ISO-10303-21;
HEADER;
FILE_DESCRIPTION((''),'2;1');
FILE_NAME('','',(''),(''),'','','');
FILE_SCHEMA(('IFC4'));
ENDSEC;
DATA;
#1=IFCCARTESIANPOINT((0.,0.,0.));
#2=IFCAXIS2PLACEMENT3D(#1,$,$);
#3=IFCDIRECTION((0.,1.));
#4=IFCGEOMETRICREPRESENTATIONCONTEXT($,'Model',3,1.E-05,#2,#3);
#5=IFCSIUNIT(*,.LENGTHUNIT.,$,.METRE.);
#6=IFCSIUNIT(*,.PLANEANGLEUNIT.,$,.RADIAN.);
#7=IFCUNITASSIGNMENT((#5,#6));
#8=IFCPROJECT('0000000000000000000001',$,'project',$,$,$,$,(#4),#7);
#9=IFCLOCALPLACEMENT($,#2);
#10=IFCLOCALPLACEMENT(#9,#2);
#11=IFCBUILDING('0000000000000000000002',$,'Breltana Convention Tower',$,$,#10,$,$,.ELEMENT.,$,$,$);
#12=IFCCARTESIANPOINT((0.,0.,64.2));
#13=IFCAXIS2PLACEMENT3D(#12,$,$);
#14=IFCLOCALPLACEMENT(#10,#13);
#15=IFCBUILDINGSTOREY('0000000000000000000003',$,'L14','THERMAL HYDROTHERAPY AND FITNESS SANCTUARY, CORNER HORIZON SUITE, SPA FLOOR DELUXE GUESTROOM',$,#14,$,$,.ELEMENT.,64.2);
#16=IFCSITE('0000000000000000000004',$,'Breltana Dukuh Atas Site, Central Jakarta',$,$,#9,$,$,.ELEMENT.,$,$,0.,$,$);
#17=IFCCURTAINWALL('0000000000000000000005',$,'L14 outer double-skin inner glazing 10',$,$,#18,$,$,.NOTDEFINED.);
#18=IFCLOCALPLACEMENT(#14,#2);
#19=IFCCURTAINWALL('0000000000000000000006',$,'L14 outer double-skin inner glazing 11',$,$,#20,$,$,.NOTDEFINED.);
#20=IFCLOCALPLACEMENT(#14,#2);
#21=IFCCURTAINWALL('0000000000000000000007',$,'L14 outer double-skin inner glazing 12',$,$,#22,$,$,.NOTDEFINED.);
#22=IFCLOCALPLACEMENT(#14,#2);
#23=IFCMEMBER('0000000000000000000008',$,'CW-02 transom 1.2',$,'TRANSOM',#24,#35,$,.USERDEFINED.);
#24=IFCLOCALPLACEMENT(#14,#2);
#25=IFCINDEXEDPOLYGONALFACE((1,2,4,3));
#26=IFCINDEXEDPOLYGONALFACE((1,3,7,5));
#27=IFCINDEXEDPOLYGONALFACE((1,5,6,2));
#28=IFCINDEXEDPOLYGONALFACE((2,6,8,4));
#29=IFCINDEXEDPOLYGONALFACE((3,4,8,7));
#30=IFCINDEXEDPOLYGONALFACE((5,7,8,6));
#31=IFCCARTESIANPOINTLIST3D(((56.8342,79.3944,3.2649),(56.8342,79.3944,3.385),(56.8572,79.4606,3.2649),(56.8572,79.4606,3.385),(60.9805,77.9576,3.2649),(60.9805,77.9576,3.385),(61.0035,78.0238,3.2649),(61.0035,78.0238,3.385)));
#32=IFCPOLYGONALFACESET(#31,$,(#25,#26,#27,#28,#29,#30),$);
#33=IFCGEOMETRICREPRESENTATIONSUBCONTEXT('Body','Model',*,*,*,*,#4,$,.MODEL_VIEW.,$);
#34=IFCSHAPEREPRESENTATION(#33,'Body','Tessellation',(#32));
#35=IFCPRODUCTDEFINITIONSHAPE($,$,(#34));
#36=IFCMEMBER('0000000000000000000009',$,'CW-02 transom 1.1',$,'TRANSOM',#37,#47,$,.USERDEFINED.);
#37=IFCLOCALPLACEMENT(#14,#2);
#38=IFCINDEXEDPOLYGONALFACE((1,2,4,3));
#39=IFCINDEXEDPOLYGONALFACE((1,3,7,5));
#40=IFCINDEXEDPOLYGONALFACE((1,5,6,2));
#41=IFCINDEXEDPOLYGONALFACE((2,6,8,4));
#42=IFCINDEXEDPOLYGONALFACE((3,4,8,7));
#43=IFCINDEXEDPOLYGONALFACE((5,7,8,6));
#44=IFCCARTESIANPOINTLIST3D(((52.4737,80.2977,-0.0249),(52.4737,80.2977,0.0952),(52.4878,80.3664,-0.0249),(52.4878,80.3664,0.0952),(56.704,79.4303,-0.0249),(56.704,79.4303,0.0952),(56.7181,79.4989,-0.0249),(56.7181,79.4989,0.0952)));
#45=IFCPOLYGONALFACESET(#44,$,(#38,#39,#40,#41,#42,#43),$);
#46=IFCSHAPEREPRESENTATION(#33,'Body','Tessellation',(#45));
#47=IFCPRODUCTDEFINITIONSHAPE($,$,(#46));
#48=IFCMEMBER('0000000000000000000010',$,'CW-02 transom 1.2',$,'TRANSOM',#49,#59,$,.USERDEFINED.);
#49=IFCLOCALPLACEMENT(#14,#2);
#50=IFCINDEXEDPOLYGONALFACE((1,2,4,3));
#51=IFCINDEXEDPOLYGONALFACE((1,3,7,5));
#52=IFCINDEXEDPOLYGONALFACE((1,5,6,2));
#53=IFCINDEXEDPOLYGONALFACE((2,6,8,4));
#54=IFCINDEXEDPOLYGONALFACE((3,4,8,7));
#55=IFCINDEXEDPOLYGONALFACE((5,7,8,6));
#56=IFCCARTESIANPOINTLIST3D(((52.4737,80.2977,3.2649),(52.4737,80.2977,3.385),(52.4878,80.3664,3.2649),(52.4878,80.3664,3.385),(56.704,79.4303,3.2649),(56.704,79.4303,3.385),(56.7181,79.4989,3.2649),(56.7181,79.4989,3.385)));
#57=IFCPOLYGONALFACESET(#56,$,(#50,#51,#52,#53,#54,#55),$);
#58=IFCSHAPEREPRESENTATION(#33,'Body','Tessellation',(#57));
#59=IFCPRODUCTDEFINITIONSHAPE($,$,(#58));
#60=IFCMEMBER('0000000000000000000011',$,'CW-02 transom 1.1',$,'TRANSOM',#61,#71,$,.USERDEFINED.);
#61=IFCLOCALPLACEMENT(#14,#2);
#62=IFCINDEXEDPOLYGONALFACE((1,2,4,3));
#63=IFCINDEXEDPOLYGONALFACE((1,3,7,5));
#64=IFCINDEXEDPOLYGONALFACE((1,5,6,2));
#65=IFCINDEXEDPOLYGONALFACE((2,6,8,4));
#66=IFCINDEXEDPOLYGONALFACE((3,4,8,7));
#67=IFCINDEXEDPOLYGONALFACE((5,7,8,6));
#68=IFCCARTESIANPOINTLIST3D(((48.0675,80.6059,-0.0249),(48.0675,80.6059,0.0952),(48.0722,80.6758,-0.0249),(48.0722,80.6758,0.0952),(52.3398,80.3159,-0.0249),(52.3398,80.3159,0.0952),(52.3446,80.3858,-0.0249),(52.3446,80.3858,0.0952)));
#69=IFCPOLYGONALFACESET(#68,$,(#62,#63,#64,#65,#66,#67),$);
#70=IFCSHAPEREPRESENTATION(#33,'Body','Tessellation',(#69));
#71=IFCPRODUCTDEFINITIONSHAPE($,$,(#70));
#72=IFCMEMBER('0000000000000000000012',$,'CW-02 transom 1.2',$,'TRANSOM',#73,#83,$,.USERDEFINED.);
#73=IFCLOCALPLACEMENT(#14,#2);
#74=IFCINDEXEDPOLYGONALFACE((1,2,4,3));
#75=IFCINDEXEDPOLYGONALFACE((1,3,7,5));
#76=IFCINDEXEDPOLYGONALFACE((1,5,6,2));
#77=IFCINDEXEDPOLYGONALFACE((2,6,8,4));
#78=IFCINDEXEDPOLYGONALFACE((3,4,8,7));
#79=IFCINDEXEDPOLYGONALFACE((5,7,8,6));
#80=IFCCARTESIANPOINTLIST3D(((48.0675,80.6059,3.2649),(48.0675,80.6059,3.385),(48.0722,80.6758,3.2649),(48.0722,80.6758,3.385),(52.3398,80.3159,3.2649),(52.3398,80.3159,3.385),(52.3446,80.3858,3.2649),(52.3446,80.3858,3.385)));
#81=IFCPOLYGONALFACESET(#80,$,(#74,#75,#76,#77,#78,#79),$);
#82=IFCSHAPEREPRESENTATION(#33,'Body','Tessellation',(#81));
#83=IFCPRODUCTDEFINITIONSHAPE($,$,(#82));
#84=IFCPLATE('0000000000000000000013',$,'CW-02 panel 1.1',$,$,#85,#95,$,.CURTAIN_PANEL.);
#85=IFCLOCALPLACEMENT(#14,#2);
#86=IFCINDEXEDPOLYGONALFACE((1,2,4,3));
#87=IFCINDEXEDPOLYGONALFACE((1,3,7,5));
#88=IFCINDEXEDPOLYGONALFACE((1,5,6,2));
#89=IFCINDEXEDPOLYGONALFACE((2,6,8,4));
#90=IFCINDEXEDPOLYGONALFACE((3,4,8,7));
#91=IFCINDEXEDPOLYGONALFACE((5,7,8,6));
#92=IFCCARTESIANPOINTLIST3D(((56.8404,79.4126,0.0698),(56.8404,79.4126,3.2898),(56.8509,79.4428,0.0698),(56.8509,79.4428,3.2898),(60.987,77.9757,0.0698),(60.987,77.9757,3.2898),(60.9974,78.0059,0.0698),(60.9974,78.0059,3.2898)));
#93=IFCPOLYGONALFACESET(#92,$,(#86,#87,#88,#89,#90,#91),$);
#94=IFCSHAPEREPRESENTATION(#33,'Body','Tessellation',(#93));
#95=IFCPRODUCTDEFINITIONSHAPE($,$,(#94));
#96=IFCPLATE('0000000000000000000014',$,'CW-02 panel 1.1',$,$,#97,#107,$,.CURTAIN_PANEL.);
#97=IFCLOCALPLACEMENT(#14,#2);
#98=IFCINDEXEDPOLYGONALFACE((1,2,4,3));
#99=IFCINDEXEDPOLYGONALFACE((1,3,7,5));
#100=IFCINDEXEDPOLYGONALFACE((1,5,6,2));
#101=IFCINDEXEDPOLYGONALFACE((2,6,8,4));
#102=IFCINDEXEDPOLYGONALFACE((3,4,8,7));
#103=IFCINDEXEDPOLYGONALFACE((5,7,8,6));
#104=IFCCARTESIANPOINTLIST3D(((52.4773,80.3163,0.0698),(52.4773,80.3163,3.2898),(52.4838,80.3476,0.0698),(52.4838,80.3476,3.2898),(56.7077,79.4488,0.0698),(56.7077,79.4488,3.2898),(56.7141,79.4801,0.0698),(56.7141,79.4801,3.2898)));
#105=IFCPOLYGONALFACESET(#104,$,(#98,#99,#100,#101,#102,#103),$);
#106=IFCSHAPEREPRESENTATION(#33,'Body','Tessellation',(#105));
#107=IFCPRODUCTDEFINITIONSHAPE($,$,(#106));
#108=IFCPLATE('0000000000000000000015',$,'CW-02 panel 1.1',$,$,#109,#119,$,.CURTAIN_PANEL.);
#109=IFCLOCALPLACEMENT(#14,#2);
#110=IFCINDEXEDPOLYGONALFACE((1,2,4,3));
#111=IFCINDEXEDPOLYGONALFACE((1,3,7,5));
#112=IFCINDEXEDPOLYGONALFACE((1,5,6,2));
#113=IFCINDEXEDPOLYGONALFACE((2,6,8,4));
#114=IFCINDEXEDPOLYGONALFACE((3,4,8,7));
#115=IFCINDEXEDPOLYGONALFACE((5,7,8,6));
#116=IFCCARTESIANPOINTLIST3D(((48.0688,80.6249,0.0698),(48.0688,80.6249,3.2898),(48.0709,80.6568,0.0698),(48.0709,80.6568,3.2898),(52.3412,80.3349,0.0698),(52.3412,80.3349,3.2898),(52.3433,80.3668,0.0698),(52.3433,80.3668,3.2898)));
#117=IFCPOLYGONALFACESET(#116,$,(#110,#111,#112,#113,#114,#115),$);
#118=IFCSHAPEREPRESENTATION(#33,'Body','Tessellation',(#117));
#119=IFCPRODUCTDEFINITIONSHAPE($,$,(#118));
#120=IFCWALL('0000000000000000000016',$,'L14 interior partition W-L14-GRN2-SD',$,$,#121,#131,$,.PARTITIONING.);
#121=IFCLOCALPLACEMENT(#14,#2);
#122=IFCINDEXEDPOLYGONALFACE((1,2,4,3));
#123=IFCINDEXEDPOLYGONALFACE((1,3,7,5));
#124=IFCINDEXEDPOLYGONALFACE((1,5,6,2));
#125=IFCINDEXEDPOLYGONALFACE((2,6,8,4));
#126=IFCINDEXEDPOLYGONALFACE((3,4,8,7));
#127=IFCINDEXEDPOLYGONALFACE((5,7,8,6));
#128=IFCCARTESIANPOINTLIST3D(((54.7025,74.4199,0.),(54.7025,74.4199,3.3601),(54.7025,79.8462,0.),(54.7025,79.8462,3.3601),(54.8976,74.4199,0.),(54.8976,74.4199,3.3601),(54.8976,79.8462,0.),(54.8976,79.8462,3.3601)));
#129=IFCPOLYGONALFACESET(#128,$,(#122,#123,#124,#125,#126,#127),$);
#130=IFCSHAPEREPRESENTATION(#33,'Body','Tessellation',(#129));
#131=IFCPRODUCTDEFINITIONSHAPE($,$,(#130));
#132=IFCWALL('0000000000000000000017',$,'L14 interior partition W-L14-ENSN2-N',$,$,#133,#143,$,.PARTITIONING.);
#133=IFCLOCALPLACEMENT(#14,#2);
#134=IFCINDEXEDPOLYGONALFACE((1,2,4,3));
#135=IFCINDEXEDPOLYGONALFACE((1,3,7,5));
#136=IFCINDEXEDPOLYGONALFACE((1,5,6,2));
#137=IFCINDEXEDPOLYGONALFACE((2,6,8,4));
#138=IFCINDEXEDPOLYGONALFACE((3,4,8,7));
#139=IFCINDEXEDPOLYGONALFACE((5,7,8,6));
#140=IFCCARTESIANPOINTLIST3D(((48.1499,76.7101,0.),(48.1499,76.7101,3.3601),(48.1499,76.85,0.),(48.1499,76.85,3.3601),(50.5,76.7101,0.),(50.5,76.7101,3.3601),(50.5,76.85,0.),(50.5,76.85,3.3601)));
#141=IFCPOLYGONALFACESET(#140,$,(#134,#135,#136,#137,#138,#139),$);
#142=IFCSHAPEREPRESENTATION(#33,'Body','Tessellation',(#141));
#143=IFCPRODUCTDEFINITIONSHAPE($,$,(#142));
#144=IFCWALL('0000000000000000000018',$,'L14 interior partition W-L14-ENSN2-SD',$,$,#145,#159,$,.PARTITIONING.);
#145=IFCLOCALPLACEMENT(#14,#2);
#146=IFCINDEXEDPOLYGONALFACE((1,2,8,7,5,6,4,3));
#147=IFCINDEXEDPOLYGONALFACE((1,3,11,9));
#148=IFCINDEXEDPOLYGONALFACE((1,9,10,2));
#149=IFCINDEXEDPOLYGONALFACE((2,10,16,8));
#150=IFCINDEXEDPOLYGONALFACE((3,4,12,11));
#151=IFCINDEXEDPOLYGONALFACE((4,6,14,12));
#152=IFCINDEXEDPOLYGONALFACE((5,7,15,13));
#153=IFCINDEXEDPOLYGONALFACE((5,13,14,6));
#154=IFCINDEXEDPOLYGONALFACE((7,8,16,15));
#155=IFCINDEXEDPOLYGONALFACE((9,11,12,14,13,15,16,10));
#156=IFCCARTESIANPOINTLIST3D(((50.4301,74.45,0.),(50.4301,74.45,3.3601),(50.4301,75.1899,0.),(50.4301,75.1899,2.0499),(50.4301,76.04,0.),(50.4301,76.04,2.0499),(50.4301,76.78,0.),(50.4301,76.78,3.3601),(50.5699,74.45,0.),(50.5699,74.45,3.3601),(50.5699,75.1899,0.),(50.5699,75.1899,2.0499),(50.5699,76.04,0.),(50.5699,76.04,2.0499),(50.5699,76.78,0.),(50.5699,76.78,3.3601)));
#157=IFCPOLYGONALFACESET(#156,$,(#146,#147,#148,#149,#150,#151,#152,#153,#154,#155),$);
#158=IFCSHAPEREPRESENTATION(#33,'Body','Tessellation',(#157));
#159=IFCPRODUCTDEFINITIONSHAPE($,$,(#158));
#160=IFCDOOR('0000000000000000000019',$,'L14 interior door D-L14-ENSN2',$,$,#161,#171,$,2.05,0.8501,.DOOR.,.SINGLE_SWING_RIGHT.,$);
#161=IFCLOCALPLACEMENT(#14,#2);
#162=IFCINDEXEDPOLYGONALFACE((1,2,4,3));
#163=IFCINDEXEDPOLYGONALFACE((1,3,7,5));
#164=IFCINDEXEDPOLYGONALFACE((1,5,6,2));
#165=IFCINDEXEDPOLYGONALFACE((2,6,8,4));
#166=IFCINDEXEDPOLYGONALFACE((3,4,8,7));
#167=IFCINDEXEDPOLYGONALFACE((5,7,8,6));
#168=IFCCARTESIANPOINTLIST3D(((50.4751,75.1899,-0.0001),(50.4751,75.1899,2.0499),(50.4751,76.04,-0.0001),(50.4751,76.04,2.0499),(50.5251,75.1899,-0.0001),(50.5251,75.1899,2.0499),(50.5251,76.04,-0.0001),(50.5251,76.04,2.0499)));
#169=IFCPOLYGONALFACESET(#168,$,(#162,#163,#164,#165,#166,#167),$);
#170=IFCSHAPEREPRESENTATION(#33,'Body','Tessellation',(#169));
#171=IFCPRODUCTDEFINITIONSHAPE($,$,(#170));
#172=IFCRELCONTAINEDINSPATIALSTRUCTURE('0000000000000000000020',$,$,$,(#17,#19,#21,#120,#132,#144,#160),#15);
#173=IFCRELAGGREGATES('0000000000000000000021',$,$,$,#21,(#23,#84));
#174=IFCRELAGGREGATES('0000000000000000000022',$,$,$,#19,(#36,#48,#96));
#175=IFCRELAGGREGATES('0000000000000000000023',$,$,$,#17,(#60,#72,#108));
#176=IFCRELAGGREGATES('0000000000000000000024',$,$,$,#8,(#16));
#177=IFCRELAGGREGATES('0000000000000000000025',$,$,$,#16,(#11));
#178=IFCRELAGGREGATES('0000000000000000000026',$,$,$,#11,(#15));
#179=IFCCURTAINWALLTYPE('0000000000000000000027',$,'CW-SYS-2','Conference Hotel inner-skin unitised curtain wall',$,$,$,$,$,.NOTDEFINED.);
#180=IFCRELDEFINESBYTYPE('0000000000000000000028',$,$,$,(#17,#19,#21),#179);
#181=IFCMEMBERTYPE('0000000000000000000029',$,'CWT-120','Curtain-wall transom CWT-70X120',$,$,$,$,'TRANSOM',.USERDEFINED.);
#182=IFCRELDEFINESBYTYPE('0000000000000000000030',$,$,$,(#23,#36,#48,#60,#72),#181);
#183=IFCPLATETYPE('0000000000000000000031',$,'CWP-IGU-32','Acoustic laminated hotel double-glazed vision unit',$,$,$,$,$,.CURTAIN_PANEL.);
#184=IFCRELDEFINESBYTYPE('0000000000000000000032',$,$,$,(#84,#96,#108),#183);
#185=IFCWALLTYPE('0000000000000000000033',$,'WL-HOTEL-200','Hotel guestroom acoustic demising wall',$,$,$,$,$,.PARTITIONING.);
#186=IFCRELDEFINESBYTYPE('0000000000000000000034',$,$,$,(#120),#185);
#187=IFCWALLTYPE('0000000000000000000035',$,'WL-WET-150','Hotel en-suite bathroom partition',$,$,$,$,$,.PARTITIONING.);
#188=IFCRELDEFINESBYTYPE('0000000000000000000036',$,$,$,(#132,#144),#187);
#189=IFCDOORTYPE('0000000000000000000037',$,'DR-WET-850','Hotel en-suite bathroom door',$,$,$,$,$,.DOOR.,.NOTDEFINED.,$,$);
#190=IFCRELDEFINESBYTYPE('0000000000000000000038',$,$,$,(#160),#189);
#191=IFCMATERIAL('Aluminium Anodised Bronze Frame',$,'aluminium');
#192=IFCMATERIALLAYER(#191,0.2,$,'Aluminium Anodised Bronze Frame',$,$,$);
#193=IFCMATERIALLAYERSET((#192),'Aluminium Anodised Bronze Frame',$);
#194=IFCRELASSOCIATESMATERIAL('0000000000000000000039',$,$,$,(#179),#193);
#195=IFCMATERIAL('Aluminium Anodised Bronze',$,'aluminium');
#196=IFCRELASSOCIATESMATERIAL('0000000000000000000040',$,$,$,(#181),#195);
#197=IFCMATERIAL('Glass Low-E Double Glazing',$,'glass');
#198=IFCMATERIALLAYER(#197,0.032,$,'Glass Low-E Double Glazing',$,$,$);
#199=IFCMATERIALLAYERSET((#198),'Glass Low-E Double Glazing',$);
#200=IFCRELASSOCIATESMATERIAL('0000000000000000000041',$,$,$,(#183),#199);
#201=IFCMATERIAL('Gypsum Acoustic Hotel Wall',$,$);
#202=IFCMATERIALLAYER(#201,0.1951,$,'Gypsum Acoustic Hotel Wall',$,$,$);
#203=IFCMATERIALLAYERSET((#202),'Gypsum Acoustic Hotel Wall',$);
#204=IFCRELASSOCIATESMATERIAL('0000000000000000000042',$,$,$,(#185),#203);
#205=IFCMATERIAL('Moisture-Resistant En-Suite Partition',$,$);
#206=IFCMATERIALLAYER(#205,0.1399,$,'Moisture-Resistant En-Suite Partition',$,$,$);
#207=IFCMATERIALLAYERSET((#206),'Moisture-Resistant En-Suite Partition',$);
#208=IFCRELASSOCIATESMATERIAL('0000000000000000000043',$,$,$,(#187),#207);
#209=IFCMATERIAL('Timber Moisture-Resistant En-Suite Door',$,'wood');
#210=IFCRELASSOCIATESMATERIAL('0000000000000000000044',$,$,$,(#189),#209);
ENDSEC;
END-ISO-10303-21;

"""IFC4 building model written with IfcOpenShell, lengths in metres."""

from ifc_helpers import new_model, si_unit, direction, frame, frame_2d, origin, origin_2d, place, context, subcontext, project, spatial, rectangle, extrude, source, transform, mapped, material, layer, layer_set, material_profile, profile_set, type_object, type_shapes, element, fill, aggregate, save


model = new_model("IFC4")

# Units and contexts
model_context = context("Model", 3, precision=1e-05, world=origin(), true_north=direction((0.0, 1.0)))
body_context = subcontext(model_context, "Body", "Model", "MODEL_VIEW")
ifc_project = project(units=[si_unit("LENGTHUNIT", "METRE"), si_unit("PLANEANGLEUNIT", "RADIAN")], contexts=[model_context])

# Site, building, storey
site_placement = place(None, origin())
site = spatial("IfcSite", under=ifc_project, at=site_placement, Name="Breltana Dukuh Atas Site, Central Jakarta", CompositionType="ELEMENT", RefElevation=0.0)
building_placement = place(site_placement, origin())
building = spatial("IfcBuilding", under=site, at=building_placement, Name="Breltana Convention Tower", CompositionType="ELEMENT")
storey_placement = place(building_placement, frame((0.0, 0.0, 64.2)))
storey = spatial("IfcBuildingStorey", under=building, at=storey_placement, Name="L14", Description="THERMAL HYDROTHERAPY AND FITNESS SANCTUARY, CORNER HORIZON SUITE, SPA FLOOR DELUXE GUESTROOM", CompositionType="ELEMENT", Elevation=64.2)

# Curtain wall
ifc_material_1 = material(Name="Aluminium Anodised Bronze Frame", Category="aluminium")
ifc_layer_1 = layer(ifc_material_1, 0.2, Name="Aluminium Anodised Bronze Frame")
ifc_layer_set_1 = layer_set([ifc_layer_1], Name="Aluminium Anodised Bronze Frame")
curtain_wall_type = type_object("IfcCurtainWallType", Name="CW-SYS-2", Description="Conference Hotel inner-skin unitised curtain wall", PredefinedType="NOTDEFINED", material=ifc_layer_set_1)
curtain_wall_1_placement = place(storey_placement, origin())
curtain_wall_1 = element("IfcCurtainWall", 1, at=curtain_wall_1_placement, inside=storey, type_object=curtain_wall_type, Name="L14 outer double-skin inner glazing 10", PredefinedType="NOTDEFINED")
ifc_material_2 = material(Name="Aluminium Anodised Bronze", Category="aluminium")

# Curtain walls
curtain_wall_2_placement = place(storey_placement, origin())
curtain_wall_2 = element("IfcCurtainWall", 2, at=curtain_wall_2_placement, inside=storey, type_object=curtain_wall_type, Name="L14 outer double-skin inner glazing 11", PredefinedType="NOTDEFINED")
curtain_wall_3_placement = place(storey_placement, origin())
curtain_wall_3 = element("IfcCurtainWall", 3, at=curtain_wall_3_placement, inside=storey, type_object=curtain_wall_type, Name="L14 outer double-skin inner glazing 12", PredefinedType="NOTDEFINED")
ifc_material_profile_1 = material_profile(ifc_material_2, rectangle(XDim=0.0701, YDim=0.1201, at=origin_2d()), Name="CWT-70X120")
ifc_profile_set_1 = profile_set([ifc_material_profile_1], Name="Aluminium Anodised Bronze")
member_type_1 = type_object("IfcMemberType", Name="CWT-120", Description="Curtain-wall transom CWT-70X120", ElementType="TRANSOM", PredefinedType="USERDEFINED", material=ifc_profile_set_1)

# Members
shared_shape_1 = source(origin(), body_context, "Body", "SweptSolid", [
    extrude(rectangle(XDim=0.0701, YDim=0.1201, at=origin_2d()), origin(), (0.0, 0.0, 1.0), 4.3882),
])
member_1_placement = place(storey_placement, frame((56.8457, 79.4275, 3.325), z_axis=(0.944878, -0.327422, 0.0), x_axis=(0.327422, 0.944878, 0.0)))
member_1 = element("IfcMember", 4, at=member_1_placement, type_object=member_type_1, Name="CW-02 transom 1.2", ObjectType="TRANSOM", PredefinedType="USERDEFINED", context=body_context, shape_type="MappedRepresentation", body=[
    mapped(shared_shape_1, transform((0.0, 0.0, 0.0), scale=1.0)),
])
shared_shape_2 = source(origin(), body_context, "Body", "SweptSolid", [
    extrude(rectangle(XDim=0.0701, YDim=0.1201, at=origin_2d()), origin(), (0.0, 0.0, 1.0), 4.3184),
])
member_2_placement = place(storey_placement, frame((52.4807, 80.332, 0.0352), z_axis=(0.979617, -0.200876, 0.0), x_axis=(0.200876, 0.979617, 0.0)))
member_2 = element("IfcMember", 5, at=member_2_placement, type_object=member_type_1, Name="CW-02 transom 1.1", ObjectType="TRANSOM", PredefinedType="USERDEFINED", context=body_context, shape_type="MappedRepresentation", body=[
    mapped(shared_shape_2, transform((0.0, 0.0, 0.0), scale=1.0)),
])
member_3_placement = place(storey_placement, frame((52.4807, 80.332, 3.325), z_axis=(0.979617, -0.200876, 0.0), x_axis=(0.200876, 0.979617, 0.0)))
member_3 = element("IfcMember", 6, at=member_3_placement, type_object=member_type_1, Name="CW-02 transom 1.2", ObjectType="TRANSOM", PredefinedType="USERDEFINED", context=body_context, shape_type="MappedRepresentation", body=[
    mapped(shared_shape_2, transform((0.0, 0.0, 0.0), scale=1.0)),
])
shared_shape_3 = source(origin(), body_context, "Body", "SweptSolid", [
    extrude(rectangle(XDim=0.0701, YDim=0.1201, at=origin_2d()), origin(), (0.0, 0.0, 1.0), 4.2822),
])
member_4_placement = place(storey_placement, frame((48.0698, 80.6409, 0.0352), z_axis=(0.997704, -0.06773, 0.0), x_axis=(0.06773, 0.997704, 0.0)))
member_4 = element("IfcMember", 7, at=member_4_placement, type_object=member_type_1, Name="CW-02 transom 1.1", ObjectType="TRANSOM", PredefinedType="USERDEFINED", context=body_context, shape_type="MappedRepresentation", body=[
    mapped(shared_shape_3, transform((0.0, 0.0, 0.0), scale=1.0)),
])
member_5_placement = place(storey_placement, frame((48.0698, 80.6409, 3.325), z_axis=(0.997704, -0.06773, 0.0), x_axis=(0.06773, 0.997704, 0.0)))
member_5 = element("IfcMember", 8, at=member_5_placement, type_object=member_type_1, Name="CW-02 transom 1.2", ObjectType="TRANSOM", PredefinedType="USERDEFINED", context=body_context, shape_type="MappedRepresentation", body=[
    mapped(shared_shape_3, transform((0.0, 0.0, 0.0), scale=1.0)),
])

# Plates
ifc_material_3 = material(Name="Glass Low-E Double Glazing", Category="glass")
ifc_layer_2 = layer(ifc_material_3, 0.032, Name="Glass Low-E Double Glazing")
ifc_layer_set_2 = layer_set([ifc_layer_2], Name="Glass Low-E Double Glazing")
plate_type = type_object("IfcPlateType", Name="CWP-IGU-32", Description="Acoustic laminated hotel double-glazed vision unit", PredefinedType="CURTAIN_PANEL", material=ifc_layer_set_2)
shared_shape_4 = source(origin(), body_context, "Body", "SweptSolid", [
    extrude(rectangle(XDim=4.3884, YDim=0.032, at=origin_2d()), origin(), (0.0, 0.0, 1.0), 3.22),
])
plate_1_placement = place(storey_placement, frame((58.9189, 78.7092, 0.0698), z_axis=(0.0, 0.0, 1.0), x_axis=(0.944876, -0.327428, 0.0)))
plate_1 = element("IfcPlate", 9, at=plate_1_placement, type_object=plate_type, Name="CW-02 panel 1.1", PredefinedType="CURTAIN_PANEL", context=body_context, shape_type="MappedRepresentation", body=[
    mapped(shared_shape_4, transform((0.0, 0.0, 0.0), scale=1.0)),
])
aggregate(curtain_wall_3, [member_1, plate_1])
shared_shape_5 = source(origin(), body_context, "Body", "SweptSolid", [
    extrude(rectangle(XDim=4.3184, YDim=0.032, at=origin_2d()), origin(), (0.0, 0.0, 1.0), 3.22),
])
plate_2_placement = place(storey_placement, frame((54.5957, 79.8982, 0.0698), z_axis=(0.0, 0.0, 1.0), x_axis=(0.979615, -0.200885, 0.0)))
plate_2 = element("IfcPlate", 10, at=plate_2_placement, type_object=plate_type, Name="CW-02 panel 1.1", PredefinedType="CURTAIN_PANEL", context=body_context, shape_type="MappedRepresentation", body=[
    mapped(shared_shape_5, transform((0.0, 0.0, 0.0), scale=1.0)),
])
aggregate(curtain_wall_2, [member_2, member_3, plate_2])
shared_shape_6 = source(origin(), body_context, "Body", "SweptSolid", [
    extrude(rectangle(XDim=4.2822, YDim=0.032, at=origin_2d()), origin(), (0.0, 0.0, 1.0), 3.22),
])
plate_3_placement = place(storey_placement, frame((50.2061, 80.4958, 0.0698), z_axis=(0.0, 0.0, 1.0), x_axis=(0.997704, -0.067726, 0.0)))
plate_3 = element("IfcPlate", 11, at=plate_3_placement, type_object=plate_type, Name="CW-02 panel 1.1", PredefinedType="CURTAIN_PANEL", context=body_context, shape_type="MappedRepresentation", body=[
    mapped(shared_shape_6, transform((0.0, 0.0, 0.0), scale=1.0)),
])
aggregate(curtain_wall_1, [member_4, member_5, plate_3])

# Walls
ifc_material_4 = material(Name="Gypsum Acoustic Hotel Wall")
ifc_layer_3 = layer(ifc_material_4, 0.1951, Name="Gypsum Acoustic Hotel Wall")
ifc_layer_set_3 = layer_set([ifc_layer_3], Name="Gypsum Acoustic Hotel Wall")
wall_type_1 = type_object("IfcWallType", Name="WL-HOTEL-200", Description="Hotel guestroom acoustic demising wall", PredefinedType="PARTITIONING", material=ifc_layer_set_3)
shared_shape_7 = source(origin(), body_context, "Body", "SweptSolid", [
    extrude(rectangle(XDim=5.4263, YDim=0.1951, at=frame_2d((2.7131, 0.0))), origin(), (0.0, 0.0, 1.0), 3.3601),
])
wall_1_placement = place(storey_placement, frame((54.8, 74.4199, 0.0), z_axis=(0.0, 0.0, 1.0), x_axis=(0.0, 1.0, 0.0)))
element("IfcWall", 12, at=wall_1_placement, inside=storey, type_object=wall_type_1, Name="L14 interior partition W-L14-GRN2-SD", PredefinedType="PARTITIONING", context=body_context, shape_type="MappedRepresentation", body=[
    mapped(shared_shape_7, transform((0.0, 0.0, 0.0), scale=1.0)),
])
ifc_material_5 = material(Name="Moisture-Resistant En-Suite Partition")
ifc_layer_4 = layer(ifc_material_5, 0.1399, Name="Moisture-Resistant En-Suite Partition")
ifc_layer_set_4 = layer_set([ifc_layer_4], Name="Moisture-Resistant En-Suite Partition")
wall_type_2 = type_object("IfcWallType", Name="WL-WET-150", Description="Hotel en-suite bathroom partition", PredefinedType="PARTITIONING", material=ifc_layer_set_4)
shared_shape_8 = source(origin(), body_context, "Body", "SweptSolid", [
    extrude(rectangle(XDim=2.3501, YDim=0.1399, at=frame_2d((1.175, 0.0))), origin(), (0.0, 0.0, 1.0), 3.3601),
])
type_shapes(wall_type_2, [shared_shape_8])
wall_2_placement = place(storey_placement, frame((48.1499, 76.78, 0.0), z_axis=(0.0, 0.0, 1.0), x_axis=(1.0, 0.0, 0.0)))
element("IfcWall", 13, at=wall_2_placement, inside=storey, type_object=wall_type_2, Name="L14 interior partition W-L14-ENSN2-N", PredefinedType="PARTITIONING", context=body_context, shape_type="MappedRepresentation", body=[
    mapped(shared_shape_8, transform((0.0, 0.0, 0.0), scale=1.0)),
])

# Wall, opening, door
shared_shape_9 = source(origin(), body_context, "Body", "SweptSolid", [
    extrude(rectangle(XDim=2.3301, YDim=0.1399, at=frame_2d((1.165, 0.0))), origin(), (0.0, 0.0, 1.0), 3.3601),
])
wall_3_placement = place(storey_placement, frame((50.5, 74.45, 0.0), z_axis=(0.0, 0.0, 1.0), x_axis=(0.0, 1.0, 0.0)))
wall_3 = element("IfcWall", 14, at=wall_3_placement, inside=storey, type_object=wall_type_2, Name="L14 interior partition W-L14-ENSN2-SD", PredefinedType="PARTITIONING", context=body_context, shape_type="MappedRepresentation", body=[
    mapped(shared_shape_9, transform((0.0, 0.0, 0.0), scale=1.0)),
])
opening_placement = place(wall_3_placement, frame((0.74, 0.0, 0.0)))
opening = element("IfcOpeningElement", 15, at=opening_placement, cuts=wall_3, PredefinedType="OPENING", context=body_context, shape_type="SweptSolid", body=[
    extrude(rectangle(XDim=0.8501, YDim=2.05, at=frame_2d((0.425, 1.0249))), frame((0.0, 0.0801, 0.0), z_axis=(0.0, -1.0, 0.0), x_axis=(1.0, 0.0, 0.0)), (0.0, 0.0, 1.0), 0.1599),
])
ifc_material_6 = material(Name="Timber Moisture-Resistant En-Suite Door", Category="wood")
door_type = type_object("IfcDoorType", Name="DR-WET-850", Description="Hotel en-suite bathroom door", OperationType="NOTDEFINED", PredefinedType="DOOR", material=ifc_material_6)
shared_shape_10 = source(origin(), body_context, "Body", "SweptSolid", [
    extrude(rectangle(XDim=0.8501, YDim=2.05, at=frame_2d((0.425, 1.0249))), frame((0.0, 0.0249, 0.0), z_axis=(0.0, -1.0, 0.0), x_axis=(1.0, 0.0, 0.0)), (0.0, 0.0, 1.0), 0.05),
])
type_shapes(door_type, [shared_shape_10])
door_placement = place(opening_placement, origin())
door = element("IfcDoor", 16, at=door_placement, inside=storey, type_object=door_type, Name="L14 interior door D-L14-ENSN2", OperationType="SINGLE_SWING_RIGHT", OverallHeight=2.05, OverallWidth=0.8501, PredefinedType="DOOR", context=body_context, shape_type="MappedRepresentation", body=[
    mapped(shared_shape_10, transform((0.0, 0.0, 0.0), scale=1.0)),
])
fill(opening, door)

save(model, "model.ifc")
